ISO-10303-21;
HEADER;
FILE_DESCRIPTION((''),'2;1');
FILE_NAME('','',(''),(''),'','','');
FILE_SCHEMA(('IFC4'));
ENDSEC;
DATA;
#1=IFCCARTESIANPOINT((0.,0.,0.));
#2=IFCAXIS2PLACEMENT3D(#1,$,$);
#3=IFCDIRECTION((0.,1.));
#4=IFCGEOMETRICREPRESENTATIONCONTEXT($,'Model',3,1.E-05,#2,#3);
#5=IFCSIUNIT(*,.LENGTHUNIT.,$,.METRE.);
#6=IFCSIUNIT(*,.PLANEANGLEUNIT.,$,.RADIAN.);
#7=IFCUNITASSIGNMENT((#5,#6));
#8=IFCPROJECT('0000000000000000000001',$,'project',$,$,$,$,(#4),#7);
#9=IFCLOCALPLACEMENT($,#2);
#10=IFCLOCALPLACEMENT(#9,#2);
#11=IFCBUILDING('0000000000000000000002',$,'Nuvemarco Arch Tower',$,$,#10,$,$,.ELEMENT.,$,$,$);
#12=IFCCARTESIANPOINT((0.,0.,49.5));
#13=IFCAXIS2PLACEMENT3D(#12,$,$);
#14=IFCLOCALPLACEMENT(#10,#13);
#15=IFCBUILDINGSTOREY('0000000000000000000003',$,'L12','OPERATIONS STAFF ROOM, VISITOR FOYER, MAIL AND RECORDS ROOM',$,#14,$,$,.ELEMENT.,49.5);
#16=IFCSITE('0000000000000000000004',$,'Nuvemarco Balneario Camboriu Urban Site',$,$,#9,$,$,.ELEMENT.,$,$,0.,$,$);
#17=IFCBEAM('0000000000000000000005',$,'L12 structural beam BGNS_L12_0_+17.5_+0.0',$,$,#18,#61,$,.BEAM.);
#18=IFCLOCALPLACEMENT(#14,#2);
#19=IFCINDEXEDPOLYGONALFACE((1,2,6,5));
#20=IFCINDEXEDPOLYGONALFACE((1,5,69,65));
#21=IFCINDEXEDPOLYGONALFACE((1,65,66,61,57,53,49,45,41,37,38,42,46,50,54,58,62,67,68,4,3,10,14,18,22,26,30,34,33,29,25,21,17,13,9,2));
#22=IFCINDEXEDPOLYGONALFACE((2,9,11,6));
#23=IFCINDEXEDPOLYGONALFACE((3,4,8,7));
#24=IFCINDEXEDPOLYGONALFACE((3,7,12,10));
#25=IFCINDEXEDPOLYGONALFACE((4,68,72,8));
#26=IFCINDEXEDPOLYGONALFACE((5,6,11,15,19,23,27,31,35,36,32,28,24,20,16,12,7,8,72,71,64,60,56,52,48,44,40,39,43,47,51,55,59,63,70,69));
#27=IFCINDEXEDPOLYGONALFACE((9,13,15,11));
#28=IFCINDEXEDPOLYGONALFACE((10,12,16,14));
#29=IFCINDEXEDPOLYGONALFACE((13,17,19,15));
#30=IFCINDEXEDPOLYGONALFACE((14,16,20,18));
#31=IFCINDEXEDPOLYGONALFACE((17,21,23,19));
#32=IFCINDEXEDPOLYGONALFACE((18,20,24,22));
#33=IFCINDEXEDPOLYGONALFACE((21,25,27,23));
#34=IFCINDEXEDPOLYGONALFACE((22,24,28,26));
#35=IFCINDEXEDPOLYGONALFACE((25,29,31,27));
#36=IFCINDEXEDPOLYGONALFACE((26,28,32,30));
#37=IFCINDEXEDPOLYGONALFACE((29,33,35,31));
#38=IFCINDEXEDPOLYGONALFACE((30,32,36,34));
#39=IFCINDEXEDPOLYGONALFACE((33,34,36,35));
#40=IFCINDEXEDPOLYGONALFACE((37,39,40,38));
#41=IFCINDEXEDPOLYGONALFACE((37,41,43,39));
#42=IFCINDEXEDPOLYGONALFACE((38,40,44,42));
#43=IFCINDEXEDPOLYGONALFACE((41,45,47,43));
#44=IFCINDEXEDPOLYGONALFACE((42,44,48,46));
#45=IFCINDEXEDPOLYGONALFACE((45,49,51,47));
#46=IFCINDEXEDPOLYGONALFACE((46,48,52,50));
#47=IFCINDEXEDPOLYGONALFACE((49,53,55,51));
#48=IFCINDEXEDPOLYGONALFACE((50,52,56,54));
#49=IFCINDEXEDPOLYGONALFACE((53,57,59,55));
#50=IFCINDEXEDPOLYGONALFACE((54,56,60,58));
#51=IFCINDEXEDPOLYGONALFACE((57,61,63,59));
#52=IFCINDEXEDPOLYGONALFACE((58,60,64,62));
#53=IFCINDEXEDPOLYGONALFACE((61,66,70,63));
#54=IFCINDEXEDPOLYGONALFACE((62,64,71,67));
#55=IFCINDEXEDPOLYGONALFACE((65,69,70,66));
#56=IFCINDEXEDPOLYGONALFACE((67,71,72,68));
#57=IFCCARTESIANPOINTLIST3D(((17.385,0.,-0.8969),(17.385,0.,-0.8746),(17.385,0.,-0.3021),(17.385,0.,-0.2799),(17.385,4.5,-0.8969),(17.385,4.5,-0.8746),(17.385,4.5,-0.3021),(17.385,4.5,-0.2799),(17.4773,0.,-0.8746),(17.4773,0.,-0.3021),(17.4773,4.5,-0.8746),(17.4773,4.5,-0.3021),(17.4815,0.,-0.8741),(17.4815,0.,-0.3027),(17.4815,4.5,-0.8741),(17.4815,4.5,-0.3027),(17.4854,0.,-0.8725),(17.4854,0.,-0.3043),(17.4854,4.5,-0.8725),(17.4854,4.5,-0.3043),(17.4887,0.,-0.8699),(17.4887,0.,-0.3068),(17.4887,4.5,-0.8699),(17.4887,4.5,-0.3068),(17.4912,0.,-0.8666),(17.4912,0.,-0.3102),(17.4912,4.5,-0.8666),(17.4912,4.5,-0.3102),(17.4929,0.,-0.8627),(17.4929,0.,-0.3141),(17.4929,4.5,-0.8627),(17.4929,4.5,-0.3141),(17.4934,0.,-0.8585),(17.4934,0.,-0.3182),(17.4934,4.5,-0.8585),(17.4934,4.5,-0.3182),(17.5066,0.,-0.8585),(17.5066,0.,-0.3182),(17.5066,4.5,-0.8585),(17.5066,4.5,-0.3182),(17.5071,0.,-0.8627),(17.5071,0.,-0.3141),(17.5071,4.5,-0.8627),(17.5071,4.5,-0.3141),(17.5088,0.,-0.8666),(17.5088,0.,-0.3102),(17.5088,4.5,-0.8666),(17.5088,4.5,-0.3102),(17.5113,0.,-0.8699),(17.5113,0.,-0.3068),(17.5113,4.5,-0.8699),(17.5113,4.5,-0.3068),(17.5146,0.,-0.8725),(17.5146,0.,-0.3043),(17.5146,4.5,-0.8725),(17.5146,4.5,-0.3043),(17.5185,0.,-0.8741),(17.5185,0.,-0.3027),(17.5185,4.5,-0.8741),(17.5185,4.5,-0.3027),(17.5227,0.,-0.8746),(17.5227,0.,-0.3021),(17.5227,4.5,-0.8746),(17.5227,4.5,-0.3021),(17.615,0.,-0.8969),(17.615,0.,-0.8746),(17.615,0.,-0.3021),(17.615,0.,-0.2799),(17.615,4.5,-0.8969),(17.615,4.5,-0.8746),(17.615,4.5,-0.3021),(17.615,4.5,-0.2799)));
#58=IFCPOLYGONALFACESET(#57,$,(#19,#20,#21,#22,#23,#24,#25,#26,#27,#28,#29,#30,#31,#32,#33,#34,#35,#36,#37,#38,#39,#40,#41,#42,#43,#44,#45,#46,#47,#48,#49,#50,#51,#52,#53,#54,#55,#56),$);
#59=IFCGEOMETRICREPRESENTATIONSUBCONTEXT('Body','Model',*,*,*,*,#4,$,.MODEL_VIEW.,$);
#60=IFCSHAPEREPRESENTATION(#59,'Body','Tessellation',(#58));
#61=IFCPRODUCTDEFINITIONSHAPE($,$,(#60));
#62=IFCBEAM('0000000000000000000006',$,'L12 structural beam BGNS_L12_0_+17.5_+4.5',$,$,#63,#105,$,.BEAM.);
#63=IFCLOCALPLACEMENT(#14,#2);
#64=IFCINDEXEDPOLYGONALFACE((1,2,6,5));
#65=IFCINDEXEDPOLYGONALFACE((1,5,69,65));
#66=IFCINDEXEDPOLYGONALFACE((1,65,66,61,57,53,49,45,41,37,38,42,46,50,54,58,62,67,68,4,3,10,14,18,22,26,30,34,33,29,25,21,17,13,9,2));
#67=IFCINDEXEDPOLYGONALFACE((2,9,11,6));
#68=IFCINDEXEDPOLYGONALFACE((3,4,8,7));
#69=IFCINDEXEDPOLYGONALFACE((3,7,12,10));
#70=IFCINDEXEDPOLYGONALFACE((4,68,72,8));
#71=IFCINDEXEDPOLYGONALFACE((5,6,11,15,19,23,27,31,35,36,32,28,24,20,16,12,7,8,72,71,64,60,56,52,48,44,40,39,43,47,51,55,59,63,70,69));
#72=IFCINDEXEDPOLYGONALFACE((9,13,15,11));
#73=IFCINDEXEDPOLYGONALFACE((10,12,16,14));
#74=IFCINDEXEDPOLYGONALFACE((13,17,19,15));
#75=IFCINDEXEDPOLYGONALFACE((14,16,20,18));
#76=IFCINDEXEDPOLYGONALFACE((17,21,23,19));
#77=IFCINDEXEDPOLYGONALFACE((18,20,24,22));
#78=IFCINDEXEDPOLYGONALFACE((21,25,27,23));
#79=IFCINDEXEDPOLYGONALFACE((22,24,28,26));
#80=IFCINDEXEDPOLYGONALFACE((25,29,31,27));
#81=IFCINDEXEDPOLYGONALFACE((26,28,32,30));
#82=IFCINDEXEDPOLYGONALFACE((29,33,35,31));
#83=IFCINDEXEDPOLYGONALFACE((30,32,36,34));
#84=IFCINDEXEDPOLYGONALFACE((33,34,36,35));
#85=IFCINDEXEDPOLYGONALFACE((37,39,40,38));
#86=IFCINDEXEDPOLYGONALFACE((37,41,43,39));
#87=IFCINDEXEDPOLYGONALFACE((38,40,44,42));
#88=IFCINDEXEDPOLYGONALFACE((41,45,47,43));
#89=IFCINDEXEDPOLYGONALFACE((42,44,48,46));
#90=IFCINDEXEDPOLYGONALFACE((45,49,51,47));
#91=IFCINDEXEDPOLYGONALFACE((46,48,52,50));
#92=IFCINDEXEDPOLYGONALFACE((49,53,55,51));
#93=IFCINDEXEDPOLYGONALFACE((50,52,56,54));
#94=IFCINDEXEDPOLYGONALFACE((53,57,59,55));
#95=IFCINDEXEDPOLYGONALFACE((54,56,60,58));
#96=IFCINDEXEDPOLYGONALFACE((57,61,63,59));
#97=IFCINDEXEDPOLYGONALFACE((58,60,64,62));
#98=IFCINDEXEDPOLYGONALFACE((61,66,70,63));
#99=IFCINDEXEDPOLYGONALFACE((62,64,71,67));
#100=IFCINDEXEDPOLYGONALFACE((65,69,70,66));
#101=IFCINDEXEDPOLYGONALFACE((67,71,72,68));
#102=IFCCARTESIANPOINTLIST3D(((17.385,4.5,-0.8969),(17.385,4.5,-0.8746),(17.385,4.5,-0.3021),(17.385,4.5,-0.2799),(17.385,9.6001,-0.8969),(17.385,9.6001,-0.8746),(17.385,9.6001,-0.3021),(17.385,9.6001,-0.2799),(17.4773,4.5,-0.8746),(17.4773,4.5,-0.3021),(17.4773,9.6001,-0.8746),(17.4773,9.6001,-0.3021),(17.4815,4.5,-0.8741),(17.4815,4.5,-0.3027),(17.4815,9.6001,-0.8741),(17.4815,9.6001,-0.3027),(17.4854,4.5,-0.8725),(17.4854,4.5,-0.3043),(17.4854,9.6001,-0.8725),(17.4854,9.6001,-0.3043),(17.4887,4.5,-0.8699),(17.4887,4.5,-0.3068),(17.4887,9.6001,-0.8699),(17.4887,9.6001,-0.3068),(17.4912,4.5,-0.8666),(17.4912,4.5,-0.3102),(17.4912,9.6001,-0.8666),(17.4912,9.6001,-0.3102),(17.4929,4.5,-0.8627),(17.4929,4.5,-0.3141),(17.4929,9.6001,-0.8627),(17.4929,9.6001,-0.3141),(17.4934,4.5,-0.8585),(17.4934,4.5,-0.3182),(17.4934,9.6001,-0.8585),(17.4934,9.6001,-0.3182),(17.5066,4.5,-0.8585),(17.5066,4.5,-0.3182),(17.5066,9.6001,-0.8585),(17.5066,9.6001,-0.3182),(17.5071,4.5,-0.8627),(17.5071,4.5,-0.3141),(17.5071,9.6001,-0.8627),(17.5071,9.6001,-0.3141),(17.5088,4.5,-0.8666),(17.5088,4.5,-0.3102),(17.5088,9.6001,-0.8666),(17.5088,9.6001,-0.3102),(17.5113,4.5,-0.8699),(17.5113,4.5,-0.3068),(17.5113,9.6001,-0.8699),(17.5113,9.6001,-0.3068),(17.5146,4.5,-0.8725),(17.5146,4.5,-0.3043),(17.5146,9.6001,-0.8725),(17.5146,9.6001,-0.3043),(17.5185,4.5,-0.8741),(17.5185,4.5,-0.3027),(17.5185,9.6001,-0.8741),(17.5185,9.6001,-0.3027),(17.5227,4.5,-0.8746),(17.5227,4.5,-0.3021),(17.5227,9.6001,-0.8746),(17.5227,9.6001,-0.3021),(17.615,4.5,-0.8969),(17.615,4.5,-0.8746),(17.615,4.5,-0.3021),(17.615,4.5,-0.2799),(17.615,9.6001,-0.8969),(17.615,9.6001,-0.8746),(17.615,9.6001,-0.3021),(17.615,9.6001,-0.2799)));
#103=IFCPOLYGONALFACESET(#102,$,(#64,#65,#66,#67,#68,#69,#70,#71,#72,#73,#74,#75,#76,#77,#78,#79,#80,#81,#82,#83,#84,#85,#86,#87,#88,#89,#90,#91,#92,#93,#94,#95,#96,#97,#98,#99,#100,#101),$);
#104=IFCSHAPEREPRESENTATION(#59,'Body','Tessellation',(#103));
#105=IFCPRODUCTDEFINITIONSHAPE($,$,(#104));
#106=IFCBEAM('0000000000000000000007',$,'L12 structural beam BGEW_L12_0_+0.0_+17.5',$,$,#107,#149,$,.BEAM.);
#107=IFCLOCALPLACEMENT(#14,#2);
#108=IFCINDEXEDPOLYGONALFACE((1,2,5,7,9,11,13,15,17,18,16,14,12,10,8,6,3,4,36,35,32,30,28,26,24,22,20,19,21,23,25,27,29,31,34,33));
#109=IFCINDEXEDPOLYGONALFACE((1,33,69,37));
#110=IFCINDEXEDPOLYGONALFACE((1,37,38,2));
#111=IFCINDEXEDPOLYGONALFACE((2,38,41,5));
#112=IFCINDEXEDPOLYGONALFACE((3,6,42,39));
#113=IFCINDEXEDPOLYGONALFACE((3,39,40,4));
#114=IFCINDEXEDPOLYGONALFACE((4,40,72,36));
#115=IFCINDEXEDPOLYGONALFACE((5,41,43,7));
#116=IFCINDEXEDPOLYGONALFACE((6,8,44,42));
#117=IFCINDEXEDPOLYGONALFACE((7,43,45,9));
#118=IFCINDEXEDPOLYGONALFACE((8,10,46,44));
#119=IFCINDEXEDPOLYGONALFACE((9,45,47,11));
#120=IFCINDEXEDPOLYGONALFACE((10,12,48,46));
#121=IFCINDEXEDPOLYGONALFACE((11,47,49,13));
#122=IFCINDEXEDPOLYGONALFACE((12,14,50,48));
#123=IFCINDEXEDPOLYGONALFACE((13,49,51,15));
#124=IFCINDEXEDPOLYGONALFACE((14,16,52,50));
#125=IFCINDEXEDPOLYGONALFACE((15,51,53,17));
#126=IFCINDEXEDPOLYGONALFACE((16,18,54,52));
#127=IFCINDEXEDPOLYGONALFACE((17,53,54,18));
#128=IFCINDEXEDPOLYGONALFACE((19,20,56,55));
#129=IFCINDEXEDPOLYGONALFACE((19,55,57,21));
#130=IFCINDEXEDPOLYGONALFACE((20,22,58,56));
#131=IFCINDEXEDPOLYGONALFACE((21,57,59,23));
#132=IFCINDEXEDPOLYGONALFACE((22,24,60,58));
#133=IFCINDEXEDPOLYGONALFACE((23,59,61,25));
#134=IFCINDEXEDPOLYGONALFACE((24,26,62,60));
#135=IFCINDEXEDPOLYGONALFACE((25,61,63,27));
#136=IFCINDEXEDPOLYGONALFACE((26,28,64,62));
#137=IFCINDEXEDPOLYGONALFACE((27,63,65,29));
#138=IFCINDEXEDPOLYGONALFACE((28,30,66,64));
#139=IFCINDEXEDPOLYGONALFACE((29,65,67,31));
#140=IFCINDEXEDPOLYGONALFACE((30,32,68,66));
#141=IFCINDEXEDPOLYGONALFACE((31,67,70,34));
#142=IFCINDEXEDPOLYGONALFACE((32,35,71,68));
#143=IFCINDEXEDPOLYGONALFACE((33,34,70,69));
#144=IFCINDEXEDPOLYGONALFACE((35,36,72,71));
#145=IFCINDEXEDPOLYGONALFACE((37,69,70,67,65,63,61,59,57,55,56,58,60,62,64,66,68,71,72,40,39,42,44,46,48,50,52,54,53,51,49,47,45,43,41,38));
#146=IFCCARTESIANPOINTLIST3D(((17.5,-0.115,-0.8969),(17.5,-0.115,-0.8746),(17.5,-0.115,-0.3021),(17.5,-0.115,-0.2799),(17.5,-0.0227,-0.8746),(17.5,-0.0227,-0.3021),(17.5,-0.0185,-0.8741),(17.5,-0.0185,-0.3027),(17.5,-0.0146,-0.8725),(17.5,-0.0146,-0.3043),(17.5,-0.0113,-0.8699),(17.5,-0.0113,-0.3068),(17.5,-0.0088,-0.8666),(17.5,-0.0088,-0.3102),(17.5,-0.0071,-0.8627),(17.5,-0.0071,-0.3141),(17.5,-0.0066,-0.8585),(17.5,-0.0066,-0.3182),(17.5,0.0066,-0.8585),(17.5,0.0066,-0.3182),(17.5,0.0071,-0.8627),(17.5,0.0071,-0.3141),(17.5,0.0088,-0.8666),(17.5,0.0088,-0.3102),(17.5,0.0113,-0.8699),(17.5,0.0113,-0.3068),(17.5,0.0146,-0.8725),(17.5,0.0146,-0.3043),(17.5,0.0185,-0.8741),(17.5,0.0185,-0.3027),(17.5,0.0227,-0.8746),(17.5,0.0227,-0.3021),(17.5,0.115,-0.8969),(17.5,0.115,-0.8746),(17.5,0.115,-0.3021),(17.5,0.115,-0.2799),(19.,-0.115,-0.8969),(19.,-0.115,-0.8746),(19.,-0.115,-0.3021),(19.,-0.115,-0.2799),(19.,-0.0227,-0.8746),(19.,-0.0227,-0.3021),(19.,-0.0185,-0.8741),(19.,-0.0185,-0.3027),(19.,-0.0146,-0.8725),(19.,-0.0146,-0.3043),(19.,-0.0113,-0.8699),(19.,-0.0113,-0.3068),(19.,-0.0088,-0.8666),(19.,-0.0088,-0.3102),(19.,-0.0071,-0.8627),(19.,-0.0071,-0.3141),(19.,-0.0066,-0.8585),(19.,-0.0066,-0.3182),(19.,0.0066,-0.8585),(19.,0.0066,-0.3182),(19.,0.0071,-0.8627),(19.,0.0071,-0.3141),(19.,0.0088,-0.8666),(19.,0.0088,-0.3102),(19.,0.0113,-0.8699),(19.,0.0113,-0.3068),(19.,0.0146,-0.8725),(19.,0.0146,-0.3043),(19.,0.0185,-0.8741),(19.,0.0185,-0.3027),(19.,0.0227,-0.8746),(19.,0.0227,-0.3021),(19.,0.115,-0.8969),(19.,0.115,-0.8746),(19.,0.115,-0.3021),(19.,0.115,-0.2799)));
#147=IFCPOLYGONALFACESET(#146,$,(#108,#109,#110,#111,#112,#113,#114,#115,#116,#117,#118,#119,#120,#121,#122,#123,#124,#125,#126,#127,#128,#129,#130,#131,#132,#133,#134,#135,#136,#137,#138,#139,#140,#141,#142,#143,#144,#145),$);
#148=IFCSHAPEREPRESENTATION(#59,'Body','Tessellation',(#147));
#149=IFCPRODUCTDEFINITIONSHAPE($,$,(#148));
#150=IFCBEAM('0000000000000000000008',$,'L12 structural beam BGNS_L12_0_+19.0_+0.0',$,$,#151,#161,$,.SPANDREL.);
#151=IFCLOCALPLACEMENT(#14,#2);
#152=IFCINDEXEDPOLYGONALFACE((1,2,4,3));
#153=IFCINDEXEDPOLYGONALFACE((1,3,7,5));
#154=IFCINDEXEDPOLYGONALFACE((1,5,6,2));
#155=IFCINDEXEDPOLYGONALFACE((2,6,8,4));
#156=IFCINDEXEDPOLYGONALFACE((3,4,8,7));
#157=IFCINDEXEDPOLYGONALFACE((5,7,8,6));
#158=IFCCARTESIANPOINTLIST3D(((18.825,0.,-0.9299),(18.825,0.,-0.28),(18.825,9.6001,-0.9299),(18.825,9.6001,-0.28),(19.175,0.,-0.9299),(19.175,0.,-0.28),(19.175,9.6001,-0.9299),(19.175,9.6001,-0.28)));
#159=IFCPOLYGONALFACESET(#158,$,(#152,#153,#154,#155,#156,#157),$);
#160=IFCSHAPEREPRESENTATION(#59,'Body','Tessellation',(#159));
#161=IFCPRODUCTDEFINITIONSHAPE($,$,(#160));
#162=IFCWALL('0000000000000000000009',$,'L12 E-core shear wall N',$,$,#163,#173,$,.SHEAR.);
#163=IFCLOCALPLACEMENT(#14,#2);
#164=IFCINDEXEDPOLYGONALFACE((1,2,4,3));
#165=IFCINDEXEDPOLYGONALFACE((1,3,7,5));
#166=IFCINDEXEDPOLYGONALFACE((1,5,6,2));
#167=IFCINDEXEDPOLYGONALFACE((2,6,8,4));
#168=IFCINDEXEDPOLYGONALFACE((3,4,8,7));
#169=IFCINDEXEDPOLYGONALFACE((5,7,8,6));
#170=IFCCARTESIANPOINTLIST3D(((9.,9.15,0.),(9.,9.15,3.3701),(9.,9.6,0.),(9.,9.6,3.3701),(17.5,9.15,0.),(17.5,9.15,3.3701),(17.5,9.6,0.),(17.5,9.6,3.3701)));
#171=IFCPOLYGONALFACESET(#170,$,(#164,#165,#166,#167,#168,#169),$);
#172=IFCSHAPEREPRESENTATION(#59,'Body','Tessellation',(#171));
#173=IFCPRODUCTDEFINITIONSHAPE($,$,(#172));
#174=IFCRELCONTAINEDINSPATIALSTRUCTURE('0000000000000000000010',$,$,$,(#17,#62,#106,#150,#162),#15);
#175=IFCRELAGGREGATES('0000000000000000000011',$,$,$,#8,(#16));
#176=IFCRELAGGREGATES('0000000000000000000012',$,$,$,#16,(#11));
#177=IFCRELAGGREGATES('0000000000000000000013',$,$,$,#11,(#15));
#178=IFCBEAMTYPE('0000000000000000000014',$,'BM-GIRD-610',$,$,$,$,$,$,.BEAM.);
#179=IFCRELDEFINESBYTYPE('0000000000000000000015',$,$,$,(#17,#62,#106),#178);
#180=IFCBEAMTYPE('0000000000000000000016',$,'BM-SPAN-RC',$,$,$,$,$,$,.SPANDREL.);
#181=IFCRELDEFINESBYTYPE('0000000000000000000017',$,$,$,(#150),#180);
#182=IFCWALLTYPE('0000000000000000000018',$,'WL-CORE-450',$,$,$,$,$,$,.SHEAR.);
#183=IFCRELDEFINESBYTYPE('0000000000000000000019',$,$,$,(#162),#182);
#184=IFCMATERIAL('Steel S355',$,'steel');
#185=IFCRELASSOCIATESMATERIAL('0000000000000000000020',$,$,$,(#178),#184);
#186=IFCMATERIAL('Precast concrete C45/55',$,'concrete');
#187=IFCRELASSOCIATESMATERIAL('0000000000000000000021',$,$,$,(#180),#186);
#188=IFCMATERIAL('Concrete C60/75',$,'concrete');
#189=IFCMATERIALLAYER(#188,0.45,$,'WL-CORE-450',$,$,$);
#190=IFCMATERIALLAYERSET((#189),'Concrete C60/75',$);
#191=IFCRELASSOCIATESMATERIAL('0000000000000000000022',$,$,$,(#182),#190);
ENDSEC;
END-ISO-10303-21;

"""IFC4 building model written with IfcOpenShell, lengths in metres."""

from ifc_helpers import new_model, si_unit, direction, frame, frame_2d, origin, origin_2d, place, context, subcontext, project, spatial, rectangle, i_section, extrude, material, layer, layer_set, material_profile, profile_set, type_object, element, save


model = new_model("IFC4")

# Units and contexts
model_context = context("Model", 3, precision=1e-05, world=origin(), true_north=direction((0.0, 1.0)))
body_context = subcontext(model_context, "Body", "Model", "MODEL_VIEW")
ifc_project = project(units=[si_unit("LENGTHUNIT", "METRE"), si_unit("PLANEANGLEUNIT", "RADIAN")], contexts=[model_context])

# Site, building, storey
site_placement = place(None, origin())
site = spatial("IfcSite", under=ifc_project, at=site_placement, Name="Nuvemarco Balneario Camboriu Urban Site", CompositionType="ELEMENT", RefElevation=0.0)
building_placement = place(site_placement, origin())
building = spatial("IfcBuilding", under=site, at=building_placement, Name="Nuvemarco Arch Tower", CompositionType="ELEMENT")
storey_placement = place(building_placement, frame((0.0, 0.0, 49.5)))
storey = spatial("IfcBuildingStorey", under=building, at=storey_placement, Name="L12", Description="OPERATIONS STAFF ROOM, VISITOR FOYER, MAIL AND RECORDS ROOM", CompositionType="ELEMENT", Elevation=49.5)

# Shared definitions
ifc_material_1 = material(Name="Concrete C60/75", Category="concrete")
ifc_material_2 = material(Name="Steel S355", Category="steel")

# Beams
ifc_material_profile_1 = material_profile(ifc_material_2, i_section(OverallWidth=0.23, OverallDepth=0.6169, WebThickness=0.0132, FlangeThickness=0.0222, FilletRadius=0.0161, at=origin_2d()), Name="W610x140")
ifc_profile_set_1 = profile_set([ifc_material_profile_1], Name="Steel S355")
beam_type_1 = type_object("IfcBeamType", Name="BM-GIRD-610", PredefinedType="BEAM", material=ifc_profile_set_1)
beam_1_placement = place(storey_placement, frame((17.5, 0.0, -0.5884), z_axis=(0.0, 1.0, 0.0), x_axis=(-1.0, 0.0, 0.0)))
element("IfcBeam", 1, at=beam_1_placement, inside=storey, type_object=beam_type_1, Name="L12 structural beam BGNS_L12_0_+17.5_+0.0", PredefinedType="BEAM", context=body_context, shape_type="SweptSolid", body=[
    extrude(i_section(OverallWidth=0.23, OverallDepth=0.6169, WebThickness=0.0132, FlangeThickness=0.0222, FilletRadius=0.0161, at=origin_2d()), origin(), (0.0, 0.0, 1.0), 4.5),
])
beam_2_placement = place(storey_placement, frame((17.5, 4.5, -0.5884), z_axis=(0.0, 1.0, 0.0), x_axis=(-1.0, 0.0, 0.0)))
element("IfcBeam", 2, at=beam_2_placement, inside=storey, type_object=beam_type_1, Name="L12 structural beam BGNS_L12_0_+17.5_+4.5", PredefinedType="BEAM", context=body_context, shape_type="SweptSolid", body=[
    extrude(i_section(OverallWidth=0.23, OverallDepth=0.6169, WebThickness=0.0132, FlangeThickness=0.0222, FilletRadius=0.0161, at=origin_2d()), origin(), (0.0, 0.0, 1.0), 5.1001),
])
beam_3_placement = place(storey_placement, frame((17.5, 0.0, -0.5884), z_axis=(1.0, 0.0, 0.0), x_axis=(0.0, 1.0, 0.0)))
element("IfcBeam", 3, at=beam_3_placement, inside=storey, type_object=beam_type_1, Name="L12 structural beam BGEW_L12_0_+0.0_+17.5", PredefinedType="BEAM", context=body_context, shape_type="SweptSolid", body=[
    extrude(i_section(OverallWidth=0.23, OverallDepth=0.6169, WebThickness=0.0132, FlangeThickness=0.0222, FilletRadius=0.0161, at=origin_2d()), origin(), (0.0, 0.0, 1.0), 1.5),
])
ifc_material_3 = material(Name="Precast concrete C45/55", Category="concrete")
ifc_material_profile_2 = material_profile(ifc_material_3, rectangle(XDim=0.3501, YDim=0.6499, at=origin_2d()), Name="PC-SP-350x650")
ifc_profile_set_2 = profile_set([ifc_material_profile_2], Name="Precast concrete C45/55")
beam_type_2 = type_object("IfcBeamType", Name="BM-SPAN-RC", PredefinedType="SPANDREL", material=ifc_profile_set_2)
beam_4_placement = place(storey_placement, frame((19.0, 0.0, -0.605), z_axis=(0.0, 1.0, 0.0), x_axis=(-1.0, 0.0, 0.0)))
element("IfcBeam", 4, at=beam_4_placement, inside=storey, type_object=beam_type_2, Name="L12 structural beam BGNS_L12_0_+19.0_+0.0", PredefinedType="SPANDREL", context=body_context, shape_type="SweptSolid", body=[
    extrude(rectangle(XDim=0.3501, YDim=0.6499, at=origin_2d()), origin(), (0.0, 0.0, 1.0), 9.6001),
])

# Wall
ifc_layer_1 = layer(ifc_material_1, 0.45, Name="WL-CORE-450")
ifc_layer_set_1 = layer_set([ifc_layer_1], Name="Concrete C60/75")
wall_type_1 = type_object("IfcWallType", Name="WL-CORE-450", PredefinedType="SHEAR", material=ifc_layer_set_1)
wall_1_placement = place(storey_placement, frame((9.0, 9.375, 0.0), z_axis=(0.0, 0.0, 1.0), x_axis=(1.0, 0.0, 0.0)))
element("IfcWall", 5, at=wall_1_placement, inside=storey, type_object=wall_type_1, Name="L12 E-core shear wall N", PredefinedType="SHEAR", context=body_context, shape_type="SweptSolid", body=[
    extrude(rectangle(XDim=8.5, YDim=0.45, at=frame_2d((4.25, 0.0))), origin(), (0.0, 0.0, 1.0), 3.3701),
])

save(model, "model.ifc")
